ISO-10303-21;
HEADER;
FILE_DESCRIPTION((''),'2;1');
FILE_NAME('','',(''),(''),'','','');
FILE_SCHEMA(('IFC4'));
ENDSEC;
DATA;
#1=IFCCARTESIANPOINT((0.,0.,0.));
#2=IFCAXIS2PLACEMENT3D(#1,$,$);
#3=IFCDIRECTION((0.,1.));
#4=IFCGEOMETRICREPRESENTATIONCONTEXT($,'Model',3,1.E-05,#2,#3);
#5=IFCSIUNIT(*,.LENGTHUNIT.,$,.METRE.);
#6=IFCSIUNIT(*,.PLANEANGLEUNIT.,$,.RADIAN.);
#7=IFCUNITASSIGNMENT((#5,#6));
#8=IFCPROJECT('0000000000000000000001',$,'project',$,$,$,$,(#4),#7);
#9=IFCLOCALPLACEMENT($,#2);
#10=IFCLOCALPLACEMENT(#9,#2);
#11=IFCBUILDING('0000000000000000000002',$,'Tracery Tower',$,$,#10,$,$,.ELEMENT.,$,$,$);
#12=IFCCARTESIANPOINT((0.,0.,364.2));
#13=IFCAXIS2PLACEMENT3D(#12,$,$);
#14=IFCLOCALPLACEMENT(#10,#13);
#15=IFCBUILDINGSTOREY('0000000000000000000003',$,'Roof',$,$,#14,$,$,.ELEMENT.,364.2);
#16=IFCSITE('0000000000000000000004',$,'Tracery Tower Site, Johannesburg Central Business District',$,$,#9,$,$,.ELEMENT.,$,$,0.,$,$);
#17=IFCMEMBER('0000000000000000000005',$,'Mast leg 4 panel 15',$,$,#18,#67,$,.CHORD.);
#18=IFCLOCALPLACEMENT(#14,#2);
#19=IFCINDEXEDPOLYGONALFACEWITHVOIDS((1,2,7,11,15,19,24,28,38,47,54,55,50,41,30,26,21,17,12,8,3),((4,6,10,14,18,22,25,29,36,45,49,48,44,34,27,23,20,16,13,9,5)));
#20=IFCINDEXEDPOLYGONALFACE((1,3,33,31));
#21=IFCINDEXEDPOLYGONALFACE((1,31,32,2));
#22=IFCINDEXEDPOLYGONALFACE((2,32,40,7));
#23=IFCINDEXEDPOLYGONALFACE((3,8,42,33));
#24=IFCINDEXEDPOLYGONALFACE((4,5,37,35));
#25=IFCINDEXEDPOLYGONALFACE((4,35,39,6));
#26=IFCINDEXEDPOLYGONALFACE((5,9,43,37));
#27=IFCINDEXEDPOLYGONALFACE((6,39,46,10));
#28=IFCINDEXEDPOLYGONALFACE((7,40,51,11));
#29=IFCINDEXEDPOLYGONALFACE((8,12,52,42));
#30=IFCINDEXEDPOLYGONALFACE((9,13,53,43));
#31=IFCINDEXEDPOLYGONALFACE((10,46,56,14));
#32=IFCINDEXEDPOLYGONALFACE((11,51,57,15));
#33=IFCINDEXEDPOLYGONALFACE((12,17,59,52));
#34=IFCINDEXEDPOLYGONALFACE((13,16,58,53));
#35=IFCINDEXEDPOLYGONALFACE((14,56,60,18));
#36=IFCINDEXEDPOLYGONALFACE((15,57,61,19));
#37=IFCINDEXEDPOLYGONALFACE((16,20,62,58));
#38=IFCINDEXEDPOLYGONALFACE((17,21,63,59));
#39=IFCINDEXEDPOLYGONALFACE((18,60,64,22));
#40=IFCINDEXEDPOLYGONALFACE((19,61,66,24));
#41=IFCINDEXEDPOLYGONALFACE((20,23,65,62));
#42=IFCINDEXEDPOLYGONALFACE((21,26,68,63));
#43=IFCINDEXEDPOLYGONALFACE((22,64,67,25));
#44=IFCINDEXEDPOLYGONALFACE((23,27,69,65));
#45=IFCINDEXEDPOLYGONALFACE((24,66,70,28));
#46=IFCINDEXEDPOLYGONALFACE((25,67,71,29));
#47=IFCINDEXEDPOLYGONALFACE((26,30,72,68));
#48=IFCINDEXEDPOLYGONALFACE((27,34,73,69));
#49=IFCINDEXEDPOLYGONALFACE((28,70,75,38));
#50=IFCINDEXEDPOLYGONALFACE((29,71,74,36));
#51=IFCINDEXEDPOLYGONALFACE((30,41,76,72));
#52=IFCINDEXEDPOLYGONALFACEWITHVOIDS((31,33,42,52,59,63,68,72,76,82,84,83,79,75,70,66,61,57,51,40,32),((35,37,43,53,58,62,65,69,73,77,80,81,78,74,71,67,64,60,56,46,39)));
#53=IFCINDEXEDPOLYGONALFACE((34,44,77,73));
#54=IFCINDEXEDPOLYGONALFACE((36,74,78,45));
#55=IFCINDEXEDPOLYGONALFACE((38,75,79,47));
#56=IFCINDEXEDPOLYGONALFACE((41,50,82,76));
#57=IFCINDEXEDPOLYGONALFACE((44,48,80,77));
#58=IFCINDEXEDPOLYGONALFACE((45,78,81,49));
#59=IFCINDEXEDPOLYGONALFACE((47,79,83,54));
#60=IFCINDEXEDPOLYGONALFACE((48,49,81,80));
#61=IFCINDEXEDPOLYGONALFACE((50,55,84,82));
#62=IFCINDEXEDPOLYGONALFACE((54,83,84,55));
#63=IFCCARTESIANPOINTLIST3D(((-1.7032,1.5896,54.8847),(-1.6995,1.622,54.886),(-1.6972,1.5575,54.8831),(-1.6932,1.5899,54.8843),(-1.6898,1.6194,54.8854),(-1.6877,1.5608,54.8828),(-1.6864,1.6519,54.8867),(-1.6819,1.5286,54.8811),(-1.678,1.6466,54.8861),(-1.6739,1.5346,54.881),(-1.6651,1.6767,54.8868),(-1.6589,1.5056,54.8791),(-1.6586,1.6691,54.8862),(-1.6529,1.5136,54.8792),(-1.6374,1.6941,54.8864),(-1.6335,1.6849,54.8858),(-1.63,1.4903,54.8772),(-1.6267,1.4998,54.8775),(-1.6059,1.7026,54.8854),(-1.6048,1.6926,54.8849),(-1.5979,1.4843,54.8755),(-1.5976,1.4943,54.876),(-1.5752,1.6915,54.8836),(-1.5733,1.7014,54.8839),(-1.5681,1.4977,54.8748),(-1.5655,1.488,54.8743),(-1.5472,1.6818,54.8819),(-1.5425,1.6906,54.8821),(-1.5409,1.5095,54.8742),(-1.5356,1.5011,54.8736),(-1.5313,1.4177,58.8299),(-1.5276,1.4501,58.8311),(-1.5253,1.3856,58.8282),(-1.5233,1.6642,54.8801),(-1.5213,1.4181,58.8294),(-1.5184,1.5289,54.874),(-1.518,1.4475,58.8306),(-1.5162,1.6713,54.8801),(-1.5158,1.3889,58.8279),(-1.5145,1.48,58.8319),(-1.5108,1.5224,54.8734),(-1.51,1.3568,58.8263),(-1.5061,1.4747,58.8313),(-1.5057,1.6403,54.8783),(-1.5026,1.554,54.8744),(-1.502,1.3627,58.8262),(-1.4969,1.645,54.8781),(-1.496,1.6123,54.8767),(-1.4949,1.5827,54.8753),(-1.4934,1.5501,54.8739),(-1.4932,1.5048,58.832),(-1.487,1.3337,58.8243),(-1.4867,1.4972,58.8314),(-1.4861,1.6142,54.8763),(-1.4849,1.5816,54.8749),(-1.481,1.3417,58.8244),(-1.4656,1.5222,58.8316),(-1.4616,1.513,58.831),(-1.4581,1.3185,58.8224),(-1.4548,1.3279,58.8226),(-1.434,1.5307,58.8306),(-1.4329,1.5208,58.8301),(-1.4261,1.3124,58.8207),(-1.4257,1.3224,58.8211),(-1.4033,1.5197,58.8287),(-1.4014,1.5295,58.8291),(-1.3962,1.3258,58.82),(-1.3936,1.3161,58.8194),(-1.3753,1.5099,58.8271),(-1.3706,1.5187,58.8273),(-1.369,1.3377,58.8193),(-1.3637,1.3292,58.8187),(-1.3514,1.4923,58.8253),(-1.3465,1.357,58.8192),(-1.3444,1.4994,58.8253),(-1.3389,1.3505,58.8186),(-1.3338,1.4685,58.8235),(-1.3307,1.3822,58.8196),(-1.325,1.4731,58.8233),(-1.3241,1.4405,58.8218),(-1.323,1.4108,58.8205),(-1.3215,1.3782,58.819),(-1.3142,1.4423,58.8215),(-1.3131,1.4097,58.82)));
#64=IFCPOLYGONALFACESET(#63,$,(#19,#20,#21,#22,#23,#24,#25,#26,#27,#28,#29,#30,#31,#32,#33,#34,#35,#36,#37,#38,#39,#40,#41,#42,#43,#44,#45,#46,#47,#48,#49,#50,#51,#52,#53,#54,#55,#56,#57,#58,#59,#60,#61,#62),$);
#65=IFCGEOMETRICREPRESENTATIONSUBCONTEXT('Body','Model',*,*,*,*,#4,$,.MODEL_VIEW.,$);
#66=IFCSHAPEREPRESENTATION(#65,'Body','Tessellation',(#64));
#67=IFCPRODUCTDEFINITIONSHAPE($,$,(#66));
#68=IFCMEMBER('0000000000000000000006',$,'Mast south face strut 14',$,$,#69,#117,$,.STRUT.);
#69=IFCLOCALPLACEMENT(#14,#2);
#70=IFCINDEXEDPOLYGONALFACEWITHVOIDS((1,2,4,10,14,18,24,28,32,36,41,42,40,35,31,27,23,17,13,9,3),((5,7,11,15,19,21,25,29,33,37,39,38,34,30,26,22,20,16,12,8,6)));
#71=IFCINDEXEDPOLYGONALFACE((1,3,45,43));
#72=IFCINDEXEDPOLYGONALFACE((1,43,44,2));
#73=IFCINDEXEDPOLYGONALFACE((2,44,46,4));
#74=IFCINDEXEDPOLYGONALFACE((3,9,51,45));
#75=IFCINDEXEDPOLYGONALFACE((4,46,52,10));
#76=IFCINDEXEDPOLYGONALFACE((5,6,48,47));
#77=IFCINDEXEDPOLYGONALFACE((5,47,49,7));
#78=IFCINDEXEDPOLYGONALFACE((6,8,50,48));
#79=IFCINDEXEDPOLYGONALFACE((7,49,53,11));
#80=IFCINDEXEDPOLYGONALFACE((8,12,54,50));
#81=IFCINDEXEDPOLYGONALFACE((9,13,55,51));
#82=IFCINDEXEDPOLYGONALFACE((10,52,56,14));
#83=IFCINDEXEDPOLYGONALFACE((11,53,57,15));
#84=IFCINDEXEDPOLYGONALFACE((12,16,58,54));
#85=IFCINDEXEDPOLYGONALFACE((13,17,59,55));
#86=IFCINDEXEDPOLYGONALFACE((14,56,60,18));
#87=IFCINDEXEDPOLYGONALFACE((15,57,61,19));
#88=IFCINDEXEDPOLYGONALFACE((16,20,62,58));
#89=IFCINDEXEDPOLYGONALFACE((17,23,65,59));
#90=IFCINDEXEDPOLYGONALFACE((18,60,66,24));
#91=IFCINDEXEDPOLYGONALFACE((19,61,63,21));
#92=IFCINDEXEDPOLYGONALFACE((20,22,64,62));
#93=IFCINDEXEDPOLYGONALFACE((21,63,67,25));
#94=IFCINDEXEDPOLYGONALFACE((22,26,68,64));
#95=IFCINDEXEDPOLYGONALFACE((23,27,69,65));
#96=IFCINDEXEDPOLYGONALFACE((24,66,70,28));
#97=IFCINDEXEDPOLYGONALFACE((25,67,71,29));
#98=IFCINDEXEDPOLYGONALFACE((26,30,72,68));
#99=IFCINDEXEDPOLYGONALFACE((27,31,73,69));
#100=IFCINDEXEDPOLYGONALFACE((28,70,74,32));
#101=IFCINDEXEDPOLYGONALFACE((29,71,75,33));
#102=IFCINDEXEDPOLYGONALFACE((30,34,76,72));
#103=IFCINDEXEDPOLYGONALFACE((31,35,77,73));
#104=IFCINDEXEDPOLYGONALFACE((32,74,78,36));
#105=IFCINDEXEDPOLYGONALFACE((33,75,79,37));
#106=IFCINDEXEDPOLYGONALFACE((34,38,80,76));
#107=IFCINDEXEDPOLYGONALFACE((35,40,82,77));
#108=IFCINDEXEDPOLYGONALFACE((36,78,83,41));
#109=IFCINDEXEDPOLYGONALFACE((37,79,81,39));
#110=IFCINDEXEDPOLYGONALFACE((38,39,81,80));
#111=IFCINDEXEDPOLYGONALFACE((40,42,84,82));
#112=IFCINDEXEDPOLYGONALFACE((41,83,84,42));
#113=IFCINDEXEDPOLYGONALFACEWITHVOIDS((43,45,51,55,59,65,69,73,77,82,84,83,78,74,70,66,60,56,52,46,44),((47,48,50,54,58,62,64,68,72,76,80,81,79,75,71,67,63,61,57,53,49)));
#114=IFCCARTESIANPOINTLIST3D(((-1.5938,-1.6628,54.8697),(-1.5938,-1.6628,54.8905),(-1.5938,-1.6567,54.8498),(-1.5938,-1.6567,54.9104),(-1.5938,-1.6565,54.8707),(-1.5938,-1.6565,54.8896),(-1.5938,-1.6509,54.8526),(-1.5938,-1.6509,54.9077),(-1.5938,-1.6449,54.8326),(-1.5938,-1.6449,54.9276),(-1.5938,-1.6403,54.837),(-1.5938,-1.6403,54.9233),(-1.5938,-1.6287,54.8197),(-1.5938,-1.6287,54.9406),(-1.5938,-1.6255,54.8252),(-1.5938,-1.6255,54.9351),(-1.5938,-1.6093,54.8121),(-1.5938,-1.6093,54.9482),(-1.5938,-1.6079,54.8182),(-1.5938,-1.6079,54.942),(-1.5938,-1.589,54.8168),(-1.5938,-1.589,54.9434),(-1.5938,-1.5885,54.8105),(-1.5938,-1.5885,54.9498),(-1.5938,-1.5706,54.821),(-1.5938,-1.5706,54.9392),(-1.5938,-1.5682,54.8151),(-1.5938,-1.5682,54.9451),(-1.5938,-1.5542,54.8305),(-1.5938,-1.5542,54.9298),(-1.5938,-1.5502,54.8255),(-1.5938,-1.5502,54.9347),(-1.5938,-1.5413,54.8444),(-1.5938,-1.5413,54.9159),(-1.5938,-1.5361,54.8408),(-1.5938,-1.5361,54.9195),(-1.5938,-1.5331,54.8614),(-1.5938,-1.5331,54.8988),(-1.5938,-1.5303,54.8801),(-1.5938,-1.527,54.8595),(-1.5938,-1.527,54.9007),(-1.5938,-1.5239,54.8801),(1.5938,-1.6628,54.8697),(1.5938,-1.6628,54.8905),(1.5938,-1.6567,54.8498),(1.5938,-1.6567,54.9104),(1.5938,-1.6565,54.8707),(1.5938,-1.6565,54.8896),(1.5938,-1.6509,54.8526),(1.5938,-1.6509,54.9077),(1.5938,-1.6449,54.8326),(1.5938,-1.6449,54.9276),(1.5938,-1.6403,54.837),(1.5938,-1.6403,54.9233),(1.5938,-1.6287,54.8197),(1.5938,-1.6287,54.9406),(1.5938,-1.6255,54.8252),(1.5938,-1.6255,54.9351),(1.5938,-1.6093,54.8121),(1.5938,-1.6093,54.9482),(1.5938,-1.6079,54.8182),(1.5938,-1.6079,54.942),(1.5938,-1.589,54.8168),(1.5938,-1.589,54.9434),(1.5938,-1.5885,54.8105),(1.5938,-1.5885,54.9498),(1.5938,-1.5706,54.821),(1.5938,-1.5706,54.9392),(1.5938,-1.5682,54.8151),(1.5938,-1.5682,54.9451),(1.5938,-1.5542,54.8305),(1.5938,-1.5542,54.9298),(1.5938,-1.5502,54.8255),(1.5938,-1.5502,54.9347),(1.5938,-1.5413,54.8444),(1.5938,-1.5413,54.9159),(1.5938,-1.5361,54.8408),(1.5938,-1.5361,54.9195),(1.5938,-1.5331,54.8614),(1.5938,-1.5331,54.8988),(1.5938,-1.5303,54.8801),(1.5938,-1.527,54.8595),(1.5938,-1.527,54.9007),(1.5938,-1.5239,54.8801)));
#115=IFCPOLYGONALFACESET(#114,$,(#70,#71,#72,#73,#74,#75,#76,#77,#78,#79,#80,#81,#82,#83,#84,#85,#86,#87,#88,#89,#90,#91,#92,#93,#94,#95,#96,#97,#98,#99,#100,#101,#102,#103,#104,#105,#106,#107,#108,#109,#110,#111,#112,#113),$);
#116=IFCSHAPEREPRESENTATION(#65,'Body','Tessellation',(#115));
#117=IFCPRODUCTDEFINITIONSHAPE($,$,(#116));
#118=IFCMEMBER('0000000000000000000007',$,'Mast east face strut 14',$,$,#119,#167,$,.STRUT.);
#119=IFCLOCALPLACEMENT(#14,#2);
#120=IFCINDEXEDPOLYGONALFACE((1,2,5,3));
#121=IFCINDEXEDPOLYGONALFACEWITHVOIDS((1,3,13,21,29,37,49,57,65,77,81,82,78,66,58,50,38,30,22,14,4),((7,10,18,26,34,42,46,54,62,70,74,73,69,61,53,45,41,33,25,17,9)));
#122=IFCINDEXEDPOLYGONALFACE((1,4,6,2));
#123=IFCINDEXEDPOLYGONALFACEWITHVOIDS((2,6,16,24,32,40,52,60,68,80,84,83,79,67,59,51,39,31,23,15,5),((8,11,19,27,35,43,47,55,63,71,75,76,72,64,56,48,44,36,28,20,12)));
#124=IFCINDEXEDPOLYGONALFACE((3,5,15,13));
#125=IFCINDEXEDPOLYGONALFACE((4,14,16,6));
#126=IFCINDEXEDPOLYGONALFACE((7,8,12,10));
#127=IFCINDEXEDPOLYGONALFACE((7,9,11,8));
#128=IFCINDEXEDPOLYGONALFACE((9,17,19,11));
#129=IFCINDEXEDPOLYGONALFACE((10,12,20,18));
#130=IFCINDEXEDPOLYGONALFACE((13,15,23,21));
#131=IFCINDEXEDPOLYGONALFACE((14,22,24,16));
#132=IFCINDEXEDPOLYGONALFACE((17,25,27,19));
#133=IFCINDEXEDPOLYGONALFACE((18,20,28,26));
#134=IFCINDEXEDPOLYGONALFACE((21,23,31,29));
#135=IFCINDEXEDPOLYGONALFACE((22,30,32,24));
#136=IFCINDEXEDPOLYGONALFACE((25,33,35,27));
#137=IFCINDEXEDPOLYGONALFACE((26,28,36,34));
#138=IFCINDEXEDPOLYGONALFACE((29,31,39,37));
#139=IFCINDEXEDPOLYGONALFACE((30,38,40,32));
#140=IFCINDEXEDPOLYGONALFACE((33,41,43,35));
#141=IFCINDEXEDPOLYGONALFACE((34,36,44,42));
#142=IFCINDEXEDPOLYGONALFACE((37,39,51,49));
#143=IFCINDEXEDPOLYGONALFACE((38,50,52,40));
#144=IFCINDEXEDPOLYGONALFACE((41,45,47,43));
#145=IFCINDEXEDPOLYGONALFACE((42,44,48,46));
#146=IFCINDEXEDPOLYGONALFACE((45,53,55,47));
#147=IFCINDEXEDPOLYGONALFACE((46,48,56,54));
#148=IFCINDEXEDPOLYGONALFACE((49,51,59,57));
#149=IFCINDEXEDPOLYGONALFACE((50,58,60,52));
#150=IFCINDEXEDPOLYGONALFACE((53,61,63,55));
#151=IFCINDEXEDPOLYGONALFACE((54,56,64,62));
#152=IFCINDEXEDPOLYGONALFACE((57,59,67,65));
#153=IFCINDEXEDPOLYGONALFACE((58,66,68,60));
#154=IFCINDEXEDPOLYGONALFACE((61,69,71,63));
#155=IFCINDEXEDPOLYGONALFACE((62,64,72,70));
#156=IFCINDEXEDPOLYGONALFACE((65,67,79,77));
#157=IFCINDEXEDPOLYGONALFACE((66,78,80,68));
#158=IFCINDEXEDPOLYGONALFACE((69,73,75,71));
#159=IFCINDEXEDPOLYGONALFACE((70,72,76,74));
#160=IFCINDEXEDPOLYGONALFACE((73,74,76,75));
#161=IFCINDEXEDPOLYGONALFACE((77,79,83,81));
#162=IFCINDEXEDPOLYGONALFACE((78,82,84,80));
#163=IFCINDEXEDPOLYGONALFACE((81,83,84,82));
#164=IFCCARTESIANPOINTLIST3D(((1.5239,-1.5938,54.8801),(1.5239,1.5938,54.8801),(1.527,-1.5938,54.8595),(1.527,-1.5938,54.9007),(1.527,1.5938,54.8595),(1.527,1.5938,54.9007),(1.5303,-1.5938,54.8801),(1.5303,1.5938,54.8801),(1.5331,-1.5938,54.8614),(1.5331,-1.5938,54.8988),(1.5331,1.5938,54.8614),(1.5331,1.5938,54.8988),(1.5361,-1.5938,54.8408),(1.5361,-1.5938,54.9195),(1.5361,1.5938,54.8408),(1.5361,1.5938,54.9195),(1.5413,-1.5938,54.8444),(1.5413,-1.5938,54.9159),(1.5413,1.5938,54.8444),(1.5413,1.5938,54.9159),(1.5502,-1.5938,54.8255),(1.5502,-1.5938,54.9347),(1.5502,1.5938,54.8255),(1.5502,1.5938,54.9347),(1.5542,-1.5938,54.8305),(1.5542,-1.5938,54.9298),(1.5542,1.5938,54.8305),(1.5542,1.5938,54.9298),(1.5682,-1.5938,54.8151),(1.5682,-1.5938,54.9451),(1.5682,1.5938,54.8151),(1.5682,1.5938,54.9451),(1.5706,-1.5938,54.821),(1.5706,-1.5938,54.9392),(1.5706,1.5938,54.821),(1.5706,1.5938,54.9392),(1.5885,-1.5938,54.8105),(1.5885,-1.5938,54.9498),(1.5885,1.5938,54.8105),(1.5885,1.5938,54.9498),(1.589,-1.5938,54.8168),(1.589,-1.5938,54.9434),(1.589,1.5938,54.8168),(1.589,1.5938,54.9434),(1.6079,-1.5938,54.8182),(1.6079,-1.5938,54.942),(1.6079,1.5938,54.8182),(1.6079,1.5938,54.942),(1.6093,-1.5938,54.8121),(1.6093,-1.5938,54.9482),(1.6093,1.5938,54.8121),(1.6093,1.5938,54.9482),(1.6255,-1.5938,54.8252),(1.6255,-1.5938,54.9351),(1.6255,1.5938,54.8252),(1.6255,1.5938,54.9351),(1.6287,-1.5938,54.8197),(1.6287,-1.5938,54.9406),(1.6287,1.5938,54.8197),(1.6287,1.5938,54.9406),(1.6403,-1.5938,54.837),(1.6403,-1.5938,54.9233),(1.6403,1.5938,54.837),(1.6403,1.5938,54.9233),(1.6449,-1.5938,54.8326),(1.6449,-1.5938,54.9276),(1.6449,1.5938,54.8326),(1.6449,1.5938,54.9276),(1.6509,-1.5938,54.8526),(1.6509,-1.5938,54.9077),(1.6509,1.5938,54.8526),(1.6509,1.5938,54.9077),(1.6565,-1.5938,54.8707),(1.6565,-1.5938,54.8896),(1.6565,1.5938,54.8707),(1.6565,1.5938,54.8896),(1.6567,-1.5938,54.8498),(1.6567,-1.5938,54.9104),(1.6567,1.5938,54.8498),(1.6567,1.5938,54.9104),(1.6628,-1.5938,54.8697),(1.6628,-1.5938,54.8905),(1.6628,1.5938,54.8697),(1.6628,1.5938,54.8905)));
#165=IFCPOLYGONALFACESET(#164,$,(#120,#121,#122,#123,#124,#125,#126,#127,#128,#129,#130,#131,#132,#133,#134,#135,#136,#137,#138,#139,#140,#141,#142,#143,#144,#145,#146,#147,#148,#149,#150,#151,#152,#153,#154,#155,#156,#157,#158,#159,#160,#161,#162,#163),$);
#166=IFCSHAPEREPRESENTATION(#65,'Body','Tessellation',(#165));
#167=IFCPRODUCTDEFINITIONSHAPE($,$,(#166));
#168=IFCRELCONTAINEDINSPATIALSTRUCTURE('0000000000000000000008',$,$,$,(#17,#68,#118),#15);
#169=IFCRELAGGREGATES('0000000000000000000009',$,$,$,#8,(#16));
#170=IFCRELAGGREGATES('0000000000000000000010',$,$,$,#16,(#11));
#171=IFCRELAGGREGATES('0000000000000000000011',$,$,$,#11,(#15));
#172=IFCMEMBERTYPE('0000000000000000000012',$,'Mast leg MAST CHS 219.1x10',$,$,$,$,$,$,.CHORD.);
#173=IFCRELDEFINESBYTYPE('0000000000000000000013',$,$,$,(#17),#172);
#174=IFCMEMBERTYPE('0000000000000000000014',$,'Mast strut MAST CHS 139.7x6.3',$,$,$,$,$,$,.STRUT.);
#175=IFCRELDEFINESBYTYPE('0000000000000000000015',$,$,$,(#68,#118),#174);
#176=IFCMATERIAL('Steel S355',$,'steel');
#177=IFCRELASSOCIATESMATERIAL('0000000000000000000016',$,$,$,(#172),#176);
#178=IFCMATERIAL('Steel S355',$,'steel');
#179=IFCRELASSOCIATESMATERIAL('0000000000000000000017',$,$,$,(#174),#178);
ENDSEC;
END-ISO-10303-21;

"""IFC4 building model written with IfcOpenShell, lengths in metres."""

from ifc_helpers import new_model, si_unit, direction, frame, origin, origin_2d, place, context, subcontext, project, spatial, hollow_circle, extrude, material, material_profile, profile_set, type_object, element, save


model = new_model("IFC4")

# Units and contexts
model_context = context("Model", 3, precision=1e-05, world=origin(), true_north=direction((0.0, 1.0)))
body_context = subcontext(model_context, "Body", "Model", "MODEL_VIEW")
ifc_project = project(units=[si_unit("LENGTHUNIT", "METRE"), si_unit("PLANEANGLEUNIT", "RADIAN")], contexts=[model_context])

# Site, building, storey
site_placement = place(None, origin())
site = spatial("IfcSite", under=ifc_project, at=site_placement, Name="Tracery Tower Site, Johannesburg Central Business District", CompositionType="ELEMENT", RefElevation=0.0)
building_placement = place(site_placement, origin())
building = spatial("IfcBuilding", under=site, at=building_placement, Name="Tracery Tower", CompositionType="ELEMENT")
storey_placement = place(building_placement, frame((0.0, 0.0, 364.2)))
storey = spatial("IfcBuildingStorey", under=building, at=storey_placement, Name="Roof", CompositionType="ELEMENT", Elevation=364.2)

# Members
ifc_material_1 = material(Name="Steel S355", Category="steel")
ifc_material_profile_1 = material_profile(ifc_material_1, hollow_circle(Radius=0.1096, WallThickness=0.01, at=origin_2d()), Name="CHS 219.1x10")
ifc_profile_set_1 = profile_set([ifc_material_profile_1], Name="Steel S355")
member_type_1 = type_object("IfcMemberType", Name="Mast leg MAST CHS 219.1x10", PredefinedType="CHORD", material=ifc_profile_set_1)
for number, where, z_axis, x_axis, name in (
    (1, (-1.5938, 1.5938, 54.8801), (0.043485, -0.043485, 0.998107), (0.707107, 0.707107, 0.0), "Mast leg 4 panel 15"),
):
    element("IfcMember", number, at=place(storey_placement, frame(where, z_axis=z_axis, x_axis=x_axis)), inside=storey, type_object=member_type_1, Name=name, PredefinedType="CHORD", context=body_context, shape_type="SweptSolid", body=[
        extrude(hollow_circle(Radius=0.1096, WallThickness=0.01, at=origin_2d()), origin(), (0.0, 0.0, 1.0), 3.9526),
    ])
ifc_material_2 = material(Name="Steel S355", Category="steel")
ifc_material_profile_2 = material_profile(ifc_material_2, hollow_circle(Radius=0.0698, WallThickness=0.0063, at=origin_2d()), Name="CHS 139.7x6.3")
ifc_profile_set_2 = profile_set([ifc_material_profile_2], Name="Steel S355")
member_type_2 = type_object("IfcMemberType", Name="Mast strut MAST CHS 139.7x6.3", PredefinedType="STRUT", material=ifc_profile_set_2)
for number, where, z_axis, x_axis, name in (
    (2, (-1.5938, -1.5938, 54.8801), (1.0, 0.0, 0.0), (0.0, 1.0, 0.0), "Mast south face strut 14"),
    (3, (1.5938, -1.5938, 54.8801), (0.0, 1.0, 0.0), (-1.0, 0.0, 0.0), "Mast east face strut 14"),
):
    element("IfcMember", number, at=place(storey_placement, frame(where, z_axis=z_axis, x_axis=x_axis)), inside=storey, type_object=member_type_2, Name=name, PredefinedType="STRUT", context=body_context, shape_type="SweptSolid", body=[
        extrude(hollow_circle(Radius=0.0698, WallThickness=0.0063, at=origin_2d()), origin(), (0.0, 0.0, 1.0), 3.1875),
    ])

save(model, "model.ifc")
